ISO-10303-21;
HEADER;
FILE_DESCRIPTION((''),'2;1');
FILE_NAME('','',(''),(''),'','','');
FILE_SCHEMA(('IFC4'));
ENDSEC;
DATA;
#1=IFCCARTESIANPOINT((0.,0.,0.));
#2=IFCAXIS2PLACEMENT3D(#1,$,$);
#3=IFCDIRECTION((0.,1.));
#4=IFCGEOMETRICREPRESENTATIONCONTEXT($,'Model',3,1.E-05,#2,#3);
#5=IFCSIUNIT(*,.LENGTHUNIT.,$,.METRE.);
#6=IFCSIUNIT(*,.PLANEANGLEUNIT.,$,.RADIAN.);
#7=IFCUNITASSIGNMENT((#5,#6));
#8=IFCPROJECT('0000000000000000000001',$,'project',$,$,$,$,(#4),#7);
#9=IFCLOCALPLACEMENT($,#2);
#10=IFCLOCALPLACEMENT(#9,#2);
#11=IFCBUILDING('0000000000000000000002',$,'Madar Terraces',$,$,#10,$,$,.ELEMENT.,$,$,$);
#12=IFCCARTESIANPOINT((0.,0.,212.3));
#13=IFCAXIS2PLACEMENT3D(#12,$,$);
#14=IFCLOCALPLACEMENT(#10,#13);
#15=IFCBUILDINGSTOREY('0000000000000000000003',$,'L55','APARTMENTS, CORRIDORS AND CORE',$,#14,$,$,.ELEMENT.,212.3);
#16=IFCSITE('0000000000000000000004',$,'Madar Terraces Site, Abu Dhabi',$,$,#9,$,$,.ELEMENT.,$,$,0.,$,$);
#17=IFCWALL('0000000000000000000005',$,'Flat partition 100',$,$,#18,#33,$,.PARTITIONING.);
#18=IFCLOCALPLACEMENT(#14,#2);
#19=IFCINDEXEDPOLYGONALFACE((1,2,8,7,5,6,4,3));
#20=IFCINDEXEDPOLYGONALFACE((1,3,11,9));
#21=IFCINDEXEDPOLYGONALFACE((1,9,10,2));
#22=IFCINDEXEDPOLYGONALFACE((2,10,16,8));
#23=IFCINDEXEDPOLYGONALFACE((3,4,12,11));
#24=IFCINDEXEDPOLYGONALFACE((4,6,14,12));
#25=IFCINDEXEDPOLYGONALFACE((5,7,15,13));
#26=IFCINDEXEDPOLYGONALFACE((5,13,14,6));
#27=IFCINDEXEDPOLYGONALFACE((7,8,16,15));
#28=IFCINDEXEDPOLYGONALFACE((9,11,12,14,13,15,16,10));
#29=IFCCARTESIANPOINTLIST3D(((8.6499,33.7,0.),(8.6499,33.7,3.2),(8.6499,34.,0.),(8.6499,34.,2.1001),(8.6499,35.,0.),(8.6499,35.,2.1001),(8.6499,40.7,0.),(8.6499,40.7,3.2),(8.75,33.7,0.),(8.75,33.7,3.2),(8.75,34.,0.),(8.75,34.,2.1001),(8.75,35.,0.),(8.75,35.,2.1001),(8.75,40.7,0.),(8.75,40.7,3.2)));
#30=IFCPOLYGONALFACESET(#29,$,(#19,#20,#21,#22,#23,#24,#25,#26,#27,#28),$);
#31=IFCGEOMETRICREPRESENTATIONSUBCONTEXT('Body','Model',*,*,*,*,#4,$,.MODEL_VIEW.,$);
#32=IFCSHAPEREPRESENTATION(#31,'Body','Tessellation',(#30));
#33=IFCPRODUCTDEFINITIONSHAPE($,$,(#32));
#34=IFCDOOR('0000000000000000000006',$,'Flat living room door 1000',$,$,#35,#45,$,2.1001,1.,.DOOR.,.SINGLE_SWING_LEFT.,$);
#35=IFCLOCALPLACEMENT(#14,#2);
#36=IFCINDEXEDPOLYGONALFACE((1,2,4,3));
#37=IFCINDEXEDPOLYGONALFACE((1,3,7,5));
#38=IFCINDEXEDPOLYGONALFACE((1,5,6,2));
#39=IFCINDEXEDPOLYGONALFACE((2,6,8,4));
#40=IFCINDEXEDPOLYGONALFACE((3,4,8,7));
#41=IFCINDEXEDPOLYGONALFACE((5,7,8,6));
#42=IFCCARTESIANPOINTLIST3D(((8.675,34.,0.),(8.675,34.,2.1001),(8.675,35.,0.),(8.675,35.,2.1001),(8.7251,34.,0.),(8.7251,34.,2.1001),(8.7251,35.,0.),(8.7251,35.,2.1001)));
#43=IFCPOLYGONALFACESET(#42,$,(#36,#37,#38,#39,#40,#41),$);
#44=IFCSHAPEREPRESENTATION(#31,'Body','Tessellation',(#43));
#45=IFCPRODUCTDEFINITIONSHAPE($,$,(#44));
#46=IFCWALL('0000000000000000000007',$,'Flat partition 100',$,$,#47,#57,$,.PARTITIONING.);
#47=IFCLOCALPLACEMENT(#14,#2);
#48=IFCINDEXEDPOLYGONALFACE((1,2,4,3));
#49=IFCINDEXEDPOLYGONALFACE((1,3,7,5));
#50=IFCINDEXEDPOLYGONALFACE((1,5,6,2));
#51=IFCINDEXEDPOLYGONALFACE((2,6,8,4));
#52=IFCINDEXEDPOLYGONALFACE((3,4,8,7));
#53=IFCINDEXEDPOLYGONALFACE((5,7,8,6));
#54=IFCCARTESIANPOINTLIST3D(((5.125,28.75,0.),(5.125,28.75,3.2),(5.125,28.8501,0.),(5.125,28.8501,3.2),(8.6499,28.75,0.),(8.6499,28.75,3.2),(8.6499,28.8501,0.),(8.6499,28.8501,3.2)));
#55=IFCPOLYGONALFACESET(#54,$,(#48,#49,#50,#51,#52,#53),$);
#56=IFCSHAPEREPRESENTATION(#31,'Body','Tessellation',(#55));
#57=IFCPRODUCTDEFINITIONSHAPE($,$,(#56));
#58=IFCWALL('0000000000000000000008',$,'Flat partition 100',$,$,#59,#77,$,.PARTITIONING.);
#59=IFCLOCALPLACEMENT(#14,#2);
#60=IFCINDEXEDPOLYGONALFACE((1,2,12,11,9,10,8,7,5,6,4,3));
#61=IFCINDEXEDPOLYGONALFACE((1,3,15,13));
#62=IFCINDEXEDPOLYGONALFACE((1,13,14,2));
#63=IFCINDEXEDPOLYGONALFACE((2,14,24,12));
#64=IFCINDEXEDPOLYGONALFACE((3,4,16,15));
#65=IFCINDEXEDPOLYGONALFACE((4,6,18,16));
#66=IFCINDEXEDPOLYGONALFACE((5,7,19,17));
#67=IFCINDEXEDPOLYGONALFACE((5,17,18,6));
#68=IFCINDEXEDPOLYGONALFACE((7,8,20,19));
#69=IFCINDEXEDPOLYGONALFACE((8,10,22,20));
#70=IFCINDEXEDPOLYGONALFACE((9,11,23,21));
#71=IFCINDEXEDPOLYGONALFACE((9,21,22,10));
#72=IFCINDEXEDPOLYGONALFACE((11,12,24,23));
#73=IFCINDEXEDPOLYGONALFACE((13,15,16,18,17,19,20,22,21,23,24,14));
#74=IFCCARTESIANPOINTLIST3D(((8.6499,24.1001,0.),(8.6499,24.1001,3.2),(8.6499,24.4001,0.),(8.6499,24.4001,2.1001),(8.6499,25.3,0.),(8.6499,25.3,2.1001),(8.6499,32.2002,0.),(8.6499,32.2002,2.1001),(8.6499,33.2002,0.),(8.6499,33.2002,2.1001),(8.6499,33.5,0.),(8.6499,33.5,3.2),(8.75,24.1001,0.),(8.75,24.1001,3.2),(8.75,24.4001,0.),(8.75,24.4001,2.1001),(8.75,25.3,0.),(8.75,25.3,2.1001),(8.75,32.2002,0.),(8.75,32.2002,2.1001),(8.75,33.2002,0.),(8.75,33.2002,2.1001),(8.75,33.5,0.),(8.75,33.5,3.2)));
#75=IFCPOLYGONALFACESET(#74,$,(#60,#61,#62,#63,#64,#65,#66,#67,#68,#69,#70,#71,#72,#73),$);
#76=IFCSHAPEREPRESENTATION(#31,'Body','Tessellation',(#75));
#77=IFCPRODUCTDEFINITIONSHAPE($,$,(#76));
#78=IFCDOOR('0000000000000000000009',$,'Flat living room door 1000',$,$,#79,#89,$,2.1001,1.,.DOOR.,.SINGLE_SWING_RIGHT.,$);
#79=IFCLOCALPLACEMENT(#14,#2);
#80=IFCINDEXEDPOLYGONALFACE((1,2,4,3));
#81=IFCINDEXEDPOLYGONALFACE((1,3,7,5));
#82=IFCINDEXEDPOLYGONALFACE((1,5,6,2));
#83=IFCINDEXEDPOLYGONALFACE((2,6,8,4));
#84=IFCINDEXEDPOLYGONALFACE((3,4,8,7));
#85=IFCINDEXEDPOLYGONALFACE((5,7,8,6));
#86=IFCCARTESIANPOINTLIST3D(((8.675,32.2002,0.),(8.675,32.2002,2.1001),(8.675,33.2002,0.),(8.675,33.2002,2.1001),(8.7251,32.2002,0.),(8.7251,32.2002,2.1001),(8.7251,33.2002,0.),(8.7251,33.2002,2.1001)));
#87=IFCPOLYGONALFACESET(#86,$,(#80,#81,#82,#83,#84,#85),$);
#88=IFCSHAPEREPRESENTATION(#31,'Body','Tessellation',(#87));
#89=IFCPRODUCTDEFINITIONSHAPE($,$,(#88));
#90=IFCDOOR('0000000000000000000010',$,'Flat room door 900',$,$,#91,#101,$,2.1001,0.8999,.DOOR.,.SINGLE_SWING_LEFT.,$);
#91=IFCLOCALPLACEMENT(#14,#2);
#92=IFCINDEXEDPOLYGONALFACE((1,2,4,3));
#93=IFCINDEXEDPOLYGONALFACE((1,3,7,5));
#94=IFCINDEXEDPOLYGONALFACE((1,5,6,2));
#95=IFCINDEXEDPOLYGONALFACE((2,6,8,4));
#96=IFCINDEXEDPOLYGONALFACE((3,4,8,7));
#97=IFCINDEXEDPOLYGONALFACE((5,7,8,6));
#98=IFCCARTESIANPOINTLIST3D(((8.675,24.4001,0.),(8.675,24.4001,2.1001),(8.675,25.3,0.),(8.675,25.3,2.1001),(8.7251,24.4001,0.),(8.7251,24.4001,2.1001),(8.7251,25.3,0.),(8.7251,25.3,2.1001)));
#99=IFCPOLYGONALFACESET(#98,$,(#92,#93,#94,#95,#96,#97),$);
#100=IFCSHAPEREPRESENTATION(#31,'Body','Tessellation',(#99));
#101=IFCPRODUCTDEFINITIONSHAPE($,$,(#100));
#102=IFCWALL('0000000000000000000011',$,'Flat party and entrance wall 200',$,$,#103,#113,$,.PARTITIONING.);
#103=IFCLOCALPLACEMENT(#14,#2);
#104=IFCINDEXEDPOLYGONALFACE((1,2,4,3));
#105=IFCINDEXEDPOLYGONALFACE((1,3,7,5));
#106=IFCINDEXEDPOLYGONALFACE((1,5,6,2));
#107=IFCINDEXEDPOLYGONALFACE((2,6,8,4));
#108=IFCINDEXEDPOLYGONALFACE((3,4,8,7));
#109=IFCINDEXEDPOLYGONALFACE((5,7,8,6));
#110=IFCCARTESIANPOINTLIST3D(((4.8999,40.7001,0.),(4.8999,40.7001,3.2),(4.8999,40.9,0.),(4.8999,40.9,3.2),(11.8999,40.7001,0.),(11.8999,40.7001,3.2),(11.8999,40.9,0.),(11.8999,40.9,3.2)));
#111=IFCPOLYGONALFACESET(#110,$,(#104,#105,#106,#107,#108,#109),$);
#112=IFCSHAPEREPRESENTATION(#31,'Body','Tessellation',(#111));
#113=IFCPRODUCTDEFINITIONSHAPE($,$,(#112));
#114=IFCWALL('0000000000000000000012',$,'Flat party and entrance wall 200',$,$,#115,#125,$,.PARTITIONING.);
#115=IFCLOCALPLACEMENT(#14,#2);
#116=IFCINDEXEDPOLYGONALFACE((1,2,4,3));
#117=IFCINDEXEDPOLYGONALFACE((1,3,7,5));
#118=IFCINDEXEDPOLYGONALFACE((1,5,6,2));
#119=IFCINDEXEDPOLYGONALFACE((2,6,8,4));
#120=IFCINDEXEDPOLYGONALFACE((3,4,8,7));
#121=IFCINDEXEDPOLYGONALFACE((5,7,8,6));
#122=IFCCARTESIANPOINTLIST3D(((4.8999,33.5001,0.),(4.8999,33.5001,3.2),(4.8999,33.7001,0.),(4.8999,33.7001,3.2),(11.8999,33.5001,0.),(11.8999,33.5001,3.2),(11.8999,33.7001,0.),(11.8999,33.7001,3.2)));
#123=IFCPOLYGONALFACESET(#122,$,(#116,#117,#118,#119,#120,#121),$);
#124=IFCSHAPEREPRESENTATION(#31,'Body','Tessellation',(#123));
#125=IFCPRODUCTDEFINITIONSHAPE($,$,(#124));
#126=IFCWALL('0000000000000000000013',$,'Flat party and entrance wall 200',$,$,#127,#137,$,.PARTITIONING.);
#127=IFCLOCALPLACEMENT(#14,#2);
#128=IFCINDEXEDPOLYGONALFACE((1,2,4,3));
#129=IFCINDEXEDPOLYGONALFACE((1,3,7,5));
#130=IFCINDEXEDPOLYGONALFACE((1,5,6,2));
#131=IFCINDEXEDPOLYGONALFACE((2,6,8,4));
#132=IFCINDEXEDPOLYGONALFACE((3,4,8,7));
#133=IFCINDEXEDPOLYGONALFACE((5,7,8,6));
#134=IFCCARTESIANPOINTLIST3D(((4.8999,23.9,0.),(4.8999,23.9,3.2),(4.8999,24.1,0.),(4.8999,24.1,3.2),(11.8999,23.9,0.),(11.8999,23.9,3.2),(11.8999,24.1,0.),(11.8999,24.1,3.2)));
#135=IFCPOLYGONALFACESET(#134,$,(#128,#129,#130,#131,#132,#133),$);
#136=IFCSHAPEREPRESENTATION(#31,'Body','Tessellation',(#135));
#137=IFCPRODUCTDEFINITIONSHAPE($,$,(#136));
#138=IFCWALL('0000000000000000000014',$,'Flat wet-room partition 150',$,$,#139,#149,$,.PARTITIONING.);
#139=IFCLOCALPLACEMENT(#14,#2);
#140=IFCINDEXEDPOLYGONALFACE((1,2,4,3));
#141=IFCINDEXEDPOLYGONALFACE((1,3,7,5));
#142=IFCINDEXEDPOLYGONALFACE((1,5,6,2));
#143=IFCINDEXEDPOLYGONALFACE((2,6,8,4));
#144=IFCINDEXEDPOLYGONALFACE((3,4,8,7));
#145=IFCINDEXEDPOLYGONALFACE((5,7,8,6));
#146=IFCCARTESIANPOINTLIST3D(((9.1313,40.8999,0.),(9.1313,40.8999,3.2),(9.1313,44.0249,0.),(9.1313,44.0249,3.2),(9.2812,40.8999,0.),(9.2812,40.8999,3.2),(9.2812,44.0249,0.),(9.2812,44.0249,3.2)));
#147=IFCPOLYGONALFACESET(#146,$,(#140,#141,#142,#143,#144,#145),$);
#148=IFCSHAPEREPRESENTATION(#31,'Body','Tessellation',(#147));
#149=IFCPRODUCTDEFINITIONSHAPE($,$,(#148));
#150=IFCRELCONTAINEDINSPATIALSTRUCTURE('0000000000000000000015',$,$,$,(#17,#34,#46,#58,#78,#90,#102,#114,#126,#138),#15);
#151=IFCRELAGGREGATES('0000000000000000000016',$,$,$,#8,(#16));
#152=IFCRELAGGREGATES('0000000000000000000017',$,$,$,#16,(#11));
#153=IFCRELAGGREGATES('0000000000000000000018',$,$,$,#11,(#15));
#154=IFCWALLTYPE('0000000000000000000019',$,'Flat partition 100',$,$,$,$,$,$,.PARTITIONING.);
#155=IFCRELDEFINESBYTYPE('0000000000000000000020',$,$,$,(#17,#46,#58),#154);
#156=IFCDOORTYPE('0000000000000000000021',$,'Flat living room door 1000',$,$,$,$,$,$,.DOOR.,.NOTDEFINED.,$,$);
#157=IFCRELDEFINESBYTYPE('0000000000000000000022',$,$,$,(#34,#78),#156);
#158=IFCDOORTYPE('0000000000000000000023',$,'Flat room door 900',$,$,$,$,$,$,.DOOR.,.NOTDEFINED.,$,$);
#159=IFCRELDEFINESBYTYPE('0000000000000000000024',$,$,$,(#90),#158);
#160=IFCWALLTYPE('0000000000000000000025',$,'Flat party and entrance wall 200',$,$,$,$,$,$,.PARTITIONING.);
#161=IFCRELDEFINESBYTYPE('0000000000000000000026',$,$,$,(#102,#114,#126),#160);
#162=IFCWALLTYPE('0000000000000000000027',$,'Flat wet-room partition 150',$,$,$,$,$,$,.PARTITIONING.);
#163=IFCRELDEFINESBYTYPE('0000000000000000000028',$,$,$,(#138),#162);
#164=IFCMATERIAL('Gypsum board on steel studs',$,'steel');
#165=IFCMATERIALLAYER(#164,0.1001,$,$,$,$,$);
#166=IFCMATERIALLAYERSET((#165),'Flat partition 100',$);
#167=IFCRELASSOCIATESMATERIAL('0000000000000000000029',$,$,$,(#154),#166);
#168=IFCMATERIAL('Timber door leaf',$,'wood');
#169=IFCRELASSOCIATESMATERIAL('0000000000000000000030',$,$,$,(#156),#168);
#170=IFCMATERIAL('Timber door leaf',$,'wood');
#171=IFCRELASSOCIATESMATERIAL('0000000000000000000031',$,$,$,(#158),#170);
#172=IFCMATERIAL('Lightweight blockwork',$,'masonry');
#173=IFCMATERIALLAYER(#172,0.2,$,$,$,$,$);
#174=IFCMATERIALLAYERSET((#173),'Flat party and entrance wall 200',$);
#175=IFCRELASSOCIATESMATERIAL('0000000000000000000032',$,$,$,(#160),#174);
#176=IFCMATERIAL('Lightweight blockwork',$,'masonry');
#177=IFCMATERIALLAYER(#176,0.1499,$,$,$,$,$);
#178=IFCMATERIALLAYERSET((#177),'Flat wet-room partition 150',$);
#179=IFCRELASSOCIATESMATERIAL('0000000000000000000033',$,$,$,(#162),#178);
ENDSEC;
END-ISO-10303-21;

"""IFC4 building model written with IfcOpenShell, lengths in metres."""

from ifc_helpers import new_model, si_unit, direction, frame, frame_2d, origin, place, context, subcontext, project, spatial, rectangle, extrude, material, layer, layer_set, type_object, element, fill, save


model = new_model("IFC4")

# Units and contexts
model_context = context("Model", 3, precision=1e-05, world=origin(), true_north=direction((0.0, 1.0)))
body_context = subcontext(model_context, "Body", "Model", "MODEL_VIEW")
ifc_project = project(units=[si_unit("LENGTHUNIT", "METRE"), si_unit("PLANEANGLEUNIT", "RADIAN")], contexts=[model_context])

# Site, building, storey
site_placement = place(None, origin())
site = spatial("IfcSite", under=ifc_project, at=site_placement, Name="Madar Terraces Site, Abu Dhabi", CompositionType="ELEMENT", RefElevation=0.0)
building_placement = place(site_placement, origin())
building = spatial("IfcBuilding", under=site, at=building_placement, Name="Madar Terraces", CompositionType="ELEMENT")
storey_placement = place(building_placement, frame((0.0, 0.0, 212.3)))
storey = spatial("IfcBuildingStorey", under=building, at=storey_placement, Name="L55", Description="APARTMENTS, CORRIDORS AND CORE", CompositionType="ELEMENT", Elevation=212.3)

# Wall, opening, door
ifc_material_1 = material(Name="Gypsum board on steel studs", Category="steel")
ifc_layer_1 = layer(ifc_material_1, 0.1001)
ifc_layer_set_1 = layer_set([ifc_layer_1], Name="Flat partition 100")
wall_type_1 = type_object("IfcWallType", Name="Flat partition 100", PredefinedType="PARTITIONING", material=ifc_layer_set_1)
wall_1_placement = place(storey_placement, frame((8.7, 33.7, 0.0), z_axis=(0.0, 0.0, 1.0), x_axis=(0.0, 1.0, 0.0)))
wall_1 = element("IfcWall", 1, at=wall_1_placement, inside=storey, type_object=wall_type_1, Name="Flat partition 100", PredefinedType="PARTITIONING", context=body_context, shape_type="SweptSolid", body=[
    extrude(rectangle(XDim=7.0, YDim=0.1001, at=frame_2d((3.5, 0.0))), origin(), (0.0, 0.0, 1.0), 3.2),
])
opening_1_placement = place(wall_1_placement, frame((0.3, 0.0, 0.0)))
opening_1 = element("IfcOpeningElement", 2, at=opening_1_placement, cuts=wall_1, PredefinedType="OPENING", context=body_context, shape_type="SweptSolid", body=[
    extrude(rectangle(XDim=1.0, YDim=2.1001, at=frame_2d((0.5, 1.05))), frame((0.0, 0.0601, 0.0), z_axis=(0.0, -1.0, 0.0), x_axis=(1.0, 0.0, 0.0)), (0.0, 0.0, 1.0), 0.1201),
])
ifc_material_2 = material(Name="Timber door leaf", Category="wood")
door_type_1 = type_object("IfcDoorType", Name="Flat living room door 1000", OperationType="NOTDEFINED", PredefinedType="DOOR", material=ifc_material_2)
door_1_placement = place(opening_1_placement, origin())
door_1 = element("IfcDoor", 3, at=door_1_placement, inside=storey, type_object=door_type_1, Name="Flat living room door 1000", OperationType="SINGLE_SWING_LEFT", OverallHeight=2.1001, OverallWidth=1.0, PredefinedType="DOOR", context=body_context, shape_type="SweptSolid", body=[
    extrude(rectangle(XDim=1.0, YDim=2.1001, at=frame_2d((0.5, 1.05))), frame((0.0, 0.0249, 0.0), z_axis=(0.0, -1.0, 0.0), x_axis=(1.0, 0.0, 0.0)), (0.0, 0.0, 1.0), 0.05),
])
fill(opening_1, door_1)

# Wall
wall_2_placement = place(storey_placement, frame((8.6499, 28.8, 0.0), z_axis=(0.0, 0.0, 1.0), x_axis=(-1.0, 0.0, 0.0)))
element("IfcWall", 4, at=wall_2_placement, inside=storey, type_object=wall_type_1, Name="Flat partition 100", PredefinedType="PARTITIONING", context=body_context, shape_type="SweptSolid", body=[
    extrude(rectangle(XDim=3.5249, YDim=0.1001, at=frame_2d((1.7625, 0.0))), origin(), (0.0, 0.0, 1.0), 3.2),
])

# Wall, openings, doors
wall_3_placement = place(storey_placement, frame((8.7, 24.1001, 0.0), z_axis=(0.0, 0.0, 1.0), x_axis=(0.0, 1.0, 0.0)))
wall_3 = element("IfcWall", 5, at=wall_3_placement, inside=storey, type_object=wall_type_1, Name="Flat partition 100", PredefinedType="PARTITIONING", context=body_context, shape_type="SweptSolid", body=[
    extrude(rectangle(XDim=9.3999, YDim=0.1001, at=frame_2d((4.7, 0.0))), origin(), (0.0, 0.0, 1.0), 3.2),
])
opening_2_placement = place(wall_3_placement, frame((0.3, 0.0, 0.0)))
opening_2 = element("IfcOpeningElement", 6, at=opening_2_placement, cuts=wall_3, PredefinedType="OPENING", context=body_context, shape_type="SweptSolid", body=[
    extrude(rectangle(XDim=0.8999, YDim=2.1001, at=frame_2d((0.45, 1.05))), frame((0.0, 0.0601, 0.0), z_axis=(0.0, -1.0, 0.0), x_axis=(1.0, 0.0, 0.0)), (0.0, 0.0, 1.0), 0.1201),
])
opening_3_placement = place(wall_3_placement, frame((8.1001, 0.0, 0.0)))
opening_3 = element("IfcOpeningElement", 7, at=opening_3_placement, cuts=wall_3, PredefinedType="OPENING", context=body_context, shape_type="SweptSolid", body=[
    extrude(rectangle(XDim=1.0, YDim=2.1001, at=frame_2d((0.5, 1.05))), frame((0.0, 0.0601, 0.0), z_axis=(0.0, -1.0, 0.0), x_axis=(1.0, 0.0, 0.0)), (0.0, 0.0, 1.0), 0.1201),
])
door_2_placement = place(opening_3_placement, origin())
door_2 = element("IfcDoor", 8, at=door_2_placement, inside=storey, type_object=door_type_1, Name="Flat living room door 1000", OperationType="SINGLE_SWING_RIGHT", OverallHeight=2.1001, OverallWidth=1.0, PredefinedType="DOOR", context=body_context, shape_type="SweptSolid", body=[
    extrude(rectangle(XDim=1.0, YDim=2.1001, at=frame_2d((0.5, 1.05))), frame((0.0, 0.0249, 0.0), z_axis=(0.0, -1.0, 0.0), x_axis=(1.0, 0.0, 0.0)), (0.0, 0.0, 1.0), 0.05),
])
fill(opening_3, door_2)
ifc_material_3 = material(Name="Timber door leaf", Category="wood")
door_type_2 = type_object("IfcDoorType", Name="Flat room door 900", OperationType="NOTDEFINED", PredefinedType="DOOR", material=ifc_material_3)
door_3_placement = place(opening_2_placement, origin())
door_3 = element("IfcDoor", 9, at=door_3_placement, inside=storey, type_object=door_type_2, Name="Flat room door 900", OperationType="SINGLE_SWING_LEFT", OverallHeight=2.1001, OverallWidth=0.8999, PredefinedType="DOOR", context=body_context, shape_type="SweptSolid", body=[
    extrude(rectangle(XDim=0.8999, YDim=2.1001, at=frame_2d((0.45, 1.05))), frame((0.0, 0.0249, 0.0), z_axis=(0.0, -1.0, 0.0), x_axis=(1.0, 0.0, 0.0)), (0.0, 0.0, 1.0), 0.05),
])
fill(opening_2, door_3)

# Walls
ifc_material_4 = material(Name="Lightweight blockwork", Category="masonry")
ifc_layer_2 = layer(ifc_material_4, 0.2)
ifc_layer_set_2 = layer_set([ifc_layer_2], Name="Flat party and entrance wall 200")
wall_type_2 = type_object("IfcWallType", Name="Flat party and entrance wall 200", PredefinedType="PARTITIONING", material=ifc_layer_set_2)
for number, where, z_axis, x_axis, name in (
    (10, (4.8999, 40.8, 0.0), (0.0, 0.0, 1.0), (1.0, 0.0, 0.0), "Flat party and entrance wall 200"),
    (11, (4.8999, 33.6001, 0.0), (0.0, 0.0, 1.0), (1.0, 0.0, 0.0), "Flat party and entrance wall 200"),
    (12, (4.8999, 24.0, 0.0), (0.0, 0.0, 1.0), (1.0, 0.0, 0.0), "Flat party and entrance wall 200"),
):
    element("IfcWall", number, at=place(storey_placement, frame(where, z_axis=z_axis, x_axis=x_axis)), inside=storey, type_object=wall_type_2, Name=name, PredefinedType="PARTITIONING", context=body_context, shape_type="SweptSolid", body=[
        extrude(rectangle(XDim=7.0, YDim=0.2, at=frame_2d((3.5, 0.0))), origin(), (0.0, 0.0, 1.0), 3.2),
    ])
ifc_material_5 = material(Name="Lightweight blockwork", Category="masonry")
ifc_layer_3 = layer(ifc_material_5, 0.1499)
ifc_layer_set_3 = layer_set([ifc_layer_3], Name="Flat wet-room partition 150")
wall_type_3 = type_object("IfcWallType", Name="Flat wet-room partition 150", PredefinedType="PARTITIONING", material=ifc_layer_set_3)
wall_4_placement = place(storey_placement, frame((9.2063, 40.8999, 0.0), z_axis=(0.0, 0.0, 1.0), x_axis=(0.0, 1.0, 0.0)))
element("IfcWall", 13, at=wall_4_placement, inside=storey, type_object=wall_type_3, Name="Flat wet-room partition 150", PredefinedType="PARTITIONING", context=body_context, shape_type="SweptSolid", body=[
    extrude(rectangle(XDim=3.125, YDim=0.1499, at=frame_2d((1.5625, 0.0))), origin(), (0.0, 0.0, 1.0), 3.2),
])

save(model, "model.ifc")
